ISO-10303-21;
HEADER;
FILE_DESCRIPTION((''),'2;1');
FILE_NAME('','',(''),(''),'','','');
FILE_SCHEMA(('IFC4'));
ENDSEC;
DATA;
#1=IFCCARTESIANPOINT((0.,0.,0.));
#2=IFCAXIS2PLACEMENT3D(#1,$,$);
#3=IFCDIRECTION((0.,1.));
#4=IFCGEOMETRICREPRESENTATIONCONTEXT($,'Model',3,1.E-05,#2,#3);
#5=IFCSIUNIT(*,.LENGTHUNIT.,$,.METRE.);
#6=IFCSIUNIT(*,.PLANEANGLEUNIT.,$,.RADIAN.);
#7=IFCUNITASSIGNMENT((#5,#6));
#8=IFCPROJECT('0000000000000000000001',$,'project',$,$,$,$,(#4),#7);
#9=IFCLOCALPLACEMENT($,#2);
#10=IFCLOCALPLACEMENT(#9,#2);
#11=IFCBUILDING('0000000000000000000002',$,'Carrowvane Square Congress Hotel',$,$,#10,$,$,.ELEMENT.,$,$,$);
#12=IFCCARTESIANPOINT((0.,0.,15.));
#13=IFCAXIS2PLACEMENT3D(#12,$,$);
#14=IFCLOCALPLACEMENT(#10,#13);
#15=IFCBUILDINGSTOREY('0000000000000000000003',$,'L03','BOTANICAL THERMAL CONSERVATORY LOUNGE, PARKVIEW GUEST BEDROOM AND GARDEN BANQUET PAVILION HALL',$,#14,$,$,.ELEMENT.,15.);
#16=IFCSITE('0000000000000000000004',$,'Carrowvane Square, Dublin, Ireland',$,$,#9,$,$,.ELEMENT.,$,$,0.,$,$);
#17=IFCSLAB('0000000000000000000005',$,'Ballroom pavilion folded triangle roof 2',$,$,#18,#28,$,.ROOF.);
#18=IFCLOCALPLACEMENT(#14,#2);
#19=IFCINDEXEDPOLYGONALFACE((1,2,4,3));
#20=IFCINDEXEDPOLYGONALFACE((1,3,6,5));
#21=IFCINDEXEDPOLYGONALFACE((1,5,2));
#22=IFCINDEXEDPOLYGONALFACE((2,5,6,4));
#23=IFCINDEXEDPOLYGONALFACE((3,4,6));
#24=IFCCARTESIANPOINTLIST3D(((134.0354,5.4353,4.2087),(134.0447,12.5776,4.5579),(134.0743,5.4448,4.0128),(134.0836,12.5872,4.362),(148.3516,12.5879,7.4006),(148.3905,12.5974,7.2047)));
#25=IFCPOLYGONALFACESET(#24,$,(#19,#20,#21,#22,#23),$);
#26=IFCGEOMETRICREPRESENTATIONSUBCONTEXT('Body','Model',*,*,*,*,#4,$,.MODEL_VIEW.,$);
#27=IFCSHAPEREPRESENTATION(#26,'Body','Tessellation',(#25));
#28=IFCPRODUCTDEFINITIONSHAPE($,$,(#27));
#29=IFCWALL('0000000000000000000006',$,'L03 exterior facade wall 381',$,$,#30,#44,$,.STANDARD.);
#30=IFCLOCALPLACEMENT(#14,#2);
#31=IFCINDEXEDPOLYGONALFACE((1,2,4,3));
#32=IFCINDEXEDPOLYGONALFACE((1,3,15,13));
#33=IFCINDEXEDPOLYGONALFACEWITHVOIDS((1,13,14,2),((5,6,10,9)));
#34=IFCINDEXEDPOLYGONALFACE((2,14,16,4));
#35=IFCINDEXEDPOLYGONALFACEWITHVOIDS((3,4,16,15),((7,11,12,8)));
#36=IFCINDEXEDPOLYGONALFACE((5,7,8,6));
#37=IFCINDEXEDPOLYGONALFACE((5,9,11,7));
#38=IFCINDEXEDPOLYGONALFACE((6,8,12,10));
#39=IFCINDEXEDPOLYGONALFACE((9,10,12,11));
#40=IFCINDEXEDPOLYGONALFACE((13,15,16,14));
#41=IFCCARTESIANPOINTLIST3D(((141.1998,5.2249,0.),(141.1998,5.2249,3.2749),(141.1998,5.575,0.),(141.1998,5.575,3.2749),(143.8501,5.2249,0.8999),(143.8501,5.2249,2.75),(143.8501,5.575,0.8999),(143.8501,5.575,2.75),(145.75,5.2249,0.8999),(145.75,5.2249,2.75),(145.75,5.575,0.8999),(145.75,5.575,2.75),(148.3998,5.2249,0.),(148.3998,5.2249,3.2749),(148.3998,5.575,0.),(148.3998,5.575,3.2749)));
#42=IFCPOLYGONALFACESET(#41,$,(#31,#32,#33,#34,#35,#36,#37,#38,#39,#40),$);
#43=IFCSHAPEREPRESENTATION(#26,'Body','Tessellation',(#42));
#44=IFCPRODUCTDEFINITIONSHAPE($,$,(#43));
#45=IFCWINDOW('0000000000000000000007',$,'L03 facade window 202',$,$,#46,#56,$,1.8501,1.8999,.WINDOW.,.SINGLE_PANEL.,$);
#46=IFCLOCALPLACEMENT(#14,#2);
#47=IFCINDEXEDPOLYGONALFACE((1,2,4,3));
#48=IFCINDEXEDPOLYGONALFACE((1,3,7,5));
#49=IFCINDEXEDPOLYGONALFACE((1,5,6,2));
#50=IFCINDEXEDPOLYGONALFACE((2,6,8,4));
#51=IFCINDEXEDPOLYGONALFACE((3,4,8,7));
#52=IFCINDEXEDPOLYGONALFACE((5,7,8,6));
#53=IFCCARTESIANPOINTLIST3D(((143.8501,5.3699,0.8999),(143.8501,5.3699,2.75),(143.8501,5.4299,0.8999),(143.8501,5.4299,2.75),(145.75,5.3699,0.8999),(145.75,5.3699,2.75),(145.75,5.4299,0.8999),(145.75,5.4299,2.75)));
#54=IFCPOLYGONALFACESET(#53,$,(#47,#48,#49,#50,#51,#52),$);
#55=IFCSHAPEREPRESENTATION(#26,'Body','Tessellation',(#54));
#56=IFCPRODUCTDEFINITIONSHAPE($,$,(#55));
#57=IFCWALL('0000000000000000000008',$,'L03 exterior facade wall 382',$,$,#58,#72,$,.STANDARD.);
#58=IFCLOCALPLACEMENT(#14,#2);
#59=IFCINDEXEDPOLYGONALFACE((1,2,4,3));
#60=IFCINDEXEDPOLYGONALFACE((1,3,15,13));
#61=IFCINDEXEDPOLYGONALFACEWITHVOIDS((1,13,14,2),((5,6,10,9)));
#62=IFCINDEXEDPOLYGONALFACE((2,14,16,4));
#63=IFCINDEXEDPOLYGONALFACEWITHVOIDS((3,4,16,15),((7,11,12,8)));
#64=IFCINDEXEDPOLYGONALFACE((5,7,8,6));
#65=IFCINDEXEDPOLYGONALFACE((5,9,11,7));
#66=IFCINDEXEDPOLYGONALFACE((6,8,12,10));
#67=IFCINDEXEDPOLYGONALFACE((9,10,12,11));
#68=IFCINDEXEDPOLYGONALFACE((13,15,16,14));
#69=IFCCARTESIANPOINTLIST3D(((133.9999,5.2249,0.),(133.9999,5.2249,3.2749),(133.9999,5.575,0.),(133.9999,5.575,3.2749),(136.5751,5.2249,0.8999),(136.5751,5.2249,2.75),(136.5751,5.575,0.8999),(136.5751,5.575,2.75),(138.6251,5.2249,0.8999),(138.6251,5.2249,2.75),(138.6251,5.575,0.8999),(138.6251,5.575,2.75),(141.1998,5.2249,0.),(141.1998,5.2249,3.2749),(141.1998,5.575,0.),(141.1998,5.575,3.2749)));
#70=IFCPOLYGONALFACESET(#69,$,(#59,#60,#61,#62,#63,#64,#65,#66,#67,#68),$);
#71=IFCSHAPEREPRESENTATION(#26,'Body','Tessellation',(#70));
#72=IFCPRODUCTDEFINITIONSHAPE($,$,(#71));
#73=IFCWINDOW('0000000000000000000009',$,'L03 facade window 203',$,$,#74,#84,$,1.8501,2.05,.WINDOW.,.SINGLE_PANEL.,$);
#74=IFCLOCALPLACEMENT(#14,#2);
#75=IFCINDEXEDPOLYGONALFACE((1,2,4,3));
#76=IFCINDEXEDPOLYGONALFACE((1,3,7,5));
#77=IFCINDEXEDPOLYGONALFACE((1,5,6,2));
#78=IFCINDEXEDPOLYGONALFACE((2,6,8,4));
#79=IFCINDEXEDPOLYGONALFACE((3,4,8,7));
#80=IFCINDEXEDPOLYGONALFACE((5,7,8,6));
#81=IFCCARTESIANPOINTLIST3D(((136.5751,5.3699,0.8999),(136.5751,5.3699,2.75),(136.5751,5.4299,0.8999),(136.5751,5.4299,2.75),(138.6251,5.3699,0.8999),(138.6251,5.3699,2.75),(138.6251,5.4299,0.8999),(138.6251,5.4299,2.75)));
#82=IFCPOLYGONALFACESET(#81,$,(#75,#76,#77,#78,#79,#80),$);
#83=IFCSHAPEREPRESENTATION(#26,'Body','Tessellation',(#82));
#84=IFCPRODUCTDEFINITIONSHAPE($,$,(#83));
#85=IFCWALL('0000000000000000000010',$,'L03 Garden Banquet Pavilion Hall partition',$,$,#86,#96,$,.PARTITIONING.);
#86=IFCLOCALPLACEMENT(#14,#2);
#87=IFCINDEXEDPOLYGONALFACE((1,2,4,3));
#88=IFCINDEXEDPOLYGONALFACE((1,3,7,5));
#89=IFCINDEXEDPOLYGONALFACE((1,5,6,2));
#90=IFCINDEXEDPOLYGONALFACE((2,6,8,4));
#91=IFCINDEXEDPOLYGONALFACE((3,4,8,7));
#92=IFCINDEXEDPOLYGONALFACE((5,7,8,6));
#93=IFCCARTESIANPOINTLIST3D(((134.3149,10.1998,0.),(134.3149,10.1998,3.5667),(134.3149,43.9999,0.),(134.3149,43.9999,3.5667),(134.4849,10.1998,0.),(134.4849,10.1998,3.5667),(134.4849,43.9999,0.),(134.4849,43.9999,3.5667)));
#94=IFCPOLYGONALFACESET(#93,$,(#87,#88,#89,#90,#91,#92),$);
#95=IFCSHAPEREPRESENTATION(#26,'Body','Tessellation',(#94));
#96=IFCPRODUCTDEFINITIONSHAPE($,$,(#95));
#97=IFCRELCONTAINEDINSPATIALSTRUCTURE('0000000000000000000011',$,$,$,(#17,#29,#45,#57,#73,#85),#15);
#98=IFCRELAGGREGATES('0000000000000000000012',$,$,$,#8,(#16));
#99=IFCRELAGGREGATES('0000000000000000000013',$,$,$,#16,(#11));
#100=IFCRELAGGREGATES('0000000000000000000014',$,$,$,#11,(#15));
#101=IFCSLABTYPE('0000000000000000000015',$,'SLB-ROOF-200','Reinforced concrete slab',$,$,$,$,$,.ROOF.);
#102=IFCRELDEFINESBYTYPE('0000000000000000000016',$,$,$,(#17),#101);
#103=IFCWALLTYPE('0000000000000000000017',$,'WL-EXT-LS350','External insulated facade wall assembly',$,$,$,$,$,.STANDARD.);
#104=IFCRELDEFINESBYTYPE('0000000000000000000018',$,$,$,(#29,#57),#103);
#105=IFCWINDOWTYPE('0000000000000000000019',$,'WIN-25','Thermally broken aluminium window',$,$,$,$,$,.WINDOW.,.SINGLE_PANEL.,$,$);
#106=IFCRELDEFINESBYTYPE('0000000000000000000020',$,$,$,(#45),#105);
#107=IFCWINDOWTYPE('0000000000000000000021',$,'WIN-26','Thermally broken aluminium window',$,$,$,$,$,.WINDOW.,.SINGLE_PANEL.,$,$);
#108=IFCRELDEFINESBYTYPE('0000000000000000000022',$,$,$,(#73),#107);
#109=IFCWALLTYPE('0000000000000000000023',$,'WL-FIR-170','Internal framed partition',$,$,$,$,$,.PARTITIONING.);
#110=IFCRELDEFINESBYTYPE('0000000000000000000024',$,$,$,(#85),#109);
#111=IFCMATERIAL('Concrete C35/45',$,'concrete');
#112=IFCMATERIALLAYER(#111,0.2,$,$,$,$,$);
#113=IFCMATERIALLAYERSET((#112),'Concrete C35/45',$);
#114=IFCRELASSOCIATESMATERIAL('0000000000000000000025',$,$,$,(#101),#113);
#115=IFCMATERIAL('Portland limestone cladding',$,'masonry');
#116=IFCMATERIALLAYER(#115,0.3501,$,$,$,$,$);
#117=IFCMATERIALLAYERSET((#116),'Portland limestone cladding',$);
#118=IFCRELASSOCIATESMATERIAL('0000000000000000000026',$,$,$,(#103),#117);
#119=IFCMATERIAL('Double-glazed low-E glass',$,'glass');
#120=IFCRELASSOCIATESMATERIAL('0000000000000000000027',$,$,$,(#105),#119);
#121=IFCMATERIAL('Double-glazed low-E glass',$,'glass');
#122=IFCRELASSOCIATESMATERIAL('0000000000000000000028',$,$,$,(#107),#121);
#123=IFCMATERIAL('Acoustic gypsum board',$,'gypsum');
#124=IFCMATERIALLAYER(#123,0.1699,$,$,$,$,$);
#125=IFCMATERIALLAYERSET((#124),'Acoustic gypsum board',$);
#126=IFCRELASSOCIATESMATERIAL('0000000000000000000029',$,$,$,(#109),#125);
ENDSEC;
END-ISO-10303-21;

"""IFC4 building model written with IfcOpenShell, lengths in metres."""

from ifc_helpers import new_model, si_unit, direction, frame, frame_2d, origin, place, context, subcontext, project, spatial, polyline, rectangle, outline, extrude, material, layer, layer_set, type_object, element, fill, save


model = new_model("IFC4")

# Units and contexts
model_context = context("Model", 3, precision=1e-05, world=origin(), true_north=direction((0.0, 1.0)))
body_context = subcontext(model_context, "Body", "Model", "MODEL_VIEW")
ifc_project = project(units=[si_unit("LENGTHUNIT", "METRE"), si_unit("PLANEANGLEUNIT", "RADIAN")], contexts=[model_context])

# Site, building, storey
site_placement = place(None, origin())
site = spatial("IfcSite", under=ifc_project, at=site_placement, Name="Carrowvane Square, Dublin, Ireland", CompositionType="ELEMENT", RefElevation=0.0)
building_placement = place(site_placement, origin())
building = spatial("IfcBuilding", under=site, at=building_placement, Name="Carrowvane Square Congress Hotel", CompositionType="ELEMENT")
storey_placement = place(building_placement, frame((0.0, 0.0, 15.0)))
storey = spatial("IfcBuildingStorey", under=building, at=storey_placement, Name="L03", Description="BOTANICAL THERMAL CONSERVATORY LOUNGE, PARKVIEW GUEST BEDROOM AND GARDEN BANQUET PAVILION HALL", CompositionType="ELEMENT", Elevation=15.0)

# Slab
ifc_material_1 = material(Name="Concrete C35/45", Category="concrete")
ifc_layer_1 = layer(ifc_material_1, 0.2)
ifc_layer_set_1 = layer_set([ifc_layer_1], Name="Concrete C35/45")
slab_type = type_object("IfcSlabType", Name="SLB-ROOF-200", Description="Reinforced concrete slab", PredefinedType="ROOF", material=ifc_layer_set_1)
slab_1_placement = place(storey_placement, frame((134.0354, 5.4353, 4.2087), z_axis=(-0.194636, -0.047636, 0.979718), x_axis=(0.877285, 0.438306, 0.195597)))
element("IfcSlab", 1, at=slab_1_placement, inside=storey, type_object=slab_type, Name="Ballroom pavilion folded triangle roof 2", PredefinedType="ROOF", context=body_context, shape_type="SweptSolid", body=[
    extrude(outline(polyline([(0.0, 0.0), (16.3187, 0.0), (3.207, 6.3914), (0.0, 0.0)])), origin(), (0.0, 0.0, -1.0), 0.2),
])

# Walls, openings, windows
ifc_material_2 = material(Name="Portland limestone cladding", Category="masonry")
ifc_layer_2 = layer(ifc_material_2, 0.3501)
ifc_layer_set_2 = layer_set([ifc_layer_2], Name="Portland limestone cladding")
wall_type_1 = type_object("IfcWallType", Name="WL-EXT-LS350", Description="External insulated facade wall assembly", PredefinedType="STANDARD", material=ifc_layer_set_2)
wall_1_placement = place(storey_placement, frame((148.3999, 5.3999, 0.0), z_axis=(0.0, 0.0, 1.0), x_axis=(-1.0, 0.0, 0.0)))
wall_1 = element("IfcWall", 2, at=wall_1_placement, inside=storey, type_object=wall_type_1, Name="L03 exterior facade wall 381", PredefinedType="STANDARD", context=body_context, shape_type="SweptSolid", body=[
    extrude(rectangle(XDim=7.2, YDim=0.3501, at=frame_2d((3.6001, 0.0))), origin(), (0.0, 0.0, 1.0), 3.2749),
])
opening_1_placement = place(wall_1_placement, frame((2.6499, 0.0, 0.8999)))
opening_1 = element("IfcOpeningElement", 3, at=opening_1_placement, cuts=wall_1, PredefinedType="OPENING", context=body_context, shape_type="SweptSolid", body=[
    extrude(rectangle(XDim=1.8999, YDim=1.8501, at=frame_2d((0.95, 0.925))), frame((0.0, 0.1851, 0.0), z_axis=(0.0, -1.0, 0.0), x_axis=(1.0, 0.0, 0.0)), (0.0, 0.0, 1.0), 0.3701),
])
ifc_material_3 = material(Name="Double-glazed low-E glass", Category="glass")
window_type_1 = type_object("IfcWindowType", Name="WIN-25", Description="Thermally broken aluminium window", PartitioningType="SINGLE_PANEL", PredefinedType="WINDOW", material=ifc_material_3)
window_1_placement = place(opening_1_placement, origin())
window_1 = element("IfcWindow", 4, at=window_1_placement, inside=storey, type_object=window_type_1, Name="L03 facade window 202", OverallHeight=1.8501, OverallWidth=1.8999, PartitioningType="SINGLE_PANEL", PredefinedType="WINDOW", context=body_context, shape_type="SweptSolid", body=[
    extrude(rectangle(XDim=1.8999, YDim=1.8501, at=frame_2d((0.95, 0.925))), frame((0.0, 0.03, 0.0), z_axis=(0.0, -1.0, 0.0), x_axis=(1.0, 0.0, 0.0)), (0.0, 0.0, 1.0), 0.0601),
])
fill(opening_1, window_1)
wall_2_placement = place(storey_placement, frame((141.2, 5.3999, 0.0), z_axis=(0.0, 0.0, 1.0), x_axis=(-1.0, 0.0, 0.0)))
wall_2 = element("IfcWall", 5, at=wall_2_placement, inside=storey, type_object=wall_type_1, Name="L03 exterior facade wall 382", PredefinedType="STANDARD", context=body_context, shape_type="SweptSolid", body=[
    extrude(rectangle(XDim=7.2, YDim=0.3501, at=frame_2d((3.6001, 0.0))), origin(), (0.0, 0.0, 1.0), 3.2749),
])
opening_2_placement = place(wall_2_placement, frame((2.575, 0.0, 0.8999)))
opening_2 = element("IfcOpeningElement", 6, at=opening_2_placement, cuts=wall_2, PredefinedType="OPENING", context=body_context, shape_type="SweptSolid", body=[
    extrude(rectangle(XDim=2.05, YDim=1.8501, at=frame_2d((1.0249, 0.925))), frame((0.0, 0.1851, 0.0), z_axis=(0.0, -1.0, 0.0), x_axis=(1.0, 0.0, 0.0)), (0.0, 0.0, 1.0), 0.3701),
])
ifc_material_4 = material(Name="Double-glazed low-E glass", Category="glass")
window_type_2 = type_object("IfcWindowType", Name="WIN-26", Description="Thermally broken aluminium window", PartitioningType="SINGLE_PANEL", PredefinedType="WINDOW", material=ifc_material_4)
window_2_placement = place(opening_2_placement, origin())
window_2 = element("IfcWindow", 7, at=window_2_placement, inside=storey, type_object=window_type_2, Name="L03 facade window 203", OverallHeight=1.8501, OverallWidth=2.05, PartitioningType="SINGLE_PANEL", PredefinedType="WINDOW", context=body_context, shape_type="SweptSolid", body=[
    extrude(rectangle(XDim=2.05, YDim=1.8501, at=frame_2d((1.0249, 0.925))), frame((0.0, 0.03, 0.0), z_axis=(0.0, -1.0, 0.0), x_axis=(1.0, 0.0, 0.0)), (0.0, 0.0, 1.0), 0.0601),
])
fill(opening_2, window_2)

# Wall
ifc_material_5 = material(Name="Acoustic gypsum board", Category="gypsum")
ifc_layer_3 = layer(ifc_material_5, 0.1699)
ifc_layer_set_3 = layer_set([ifc_layer_3], Name="Acoustic gypsum board")
wall_type_2 = type_object("IfcWallType", Name="WL-FIR-170", Description="Internal framed partition", PredefinedType="PARTITIONING", material=ifc_layer_set_3)
wall_3_placement = place(storey_placement, frame((134.3999, 10.2, 0.0), z_axis=(0.0, 0.0, 1.0), x_axis=(0.0, 1.0, 0.0)))
element("IfcWall", 8, at=wall_3_placement, inside=storey, type_object=wall_type_2, Name="L03 Garden Banquet Pavilion Hall partition", PredefinedType="PARTITIONING", context=body_context, shape_type="SweptSolid", body=[
    extrude(rectangle(XDim=33.8, YDim=0.1699, at=frame_2d((16.8999, 0.0))), origin(), (0.0, 0.0, 1.0), 3.5667),
])

save(model, "model.ifc")
